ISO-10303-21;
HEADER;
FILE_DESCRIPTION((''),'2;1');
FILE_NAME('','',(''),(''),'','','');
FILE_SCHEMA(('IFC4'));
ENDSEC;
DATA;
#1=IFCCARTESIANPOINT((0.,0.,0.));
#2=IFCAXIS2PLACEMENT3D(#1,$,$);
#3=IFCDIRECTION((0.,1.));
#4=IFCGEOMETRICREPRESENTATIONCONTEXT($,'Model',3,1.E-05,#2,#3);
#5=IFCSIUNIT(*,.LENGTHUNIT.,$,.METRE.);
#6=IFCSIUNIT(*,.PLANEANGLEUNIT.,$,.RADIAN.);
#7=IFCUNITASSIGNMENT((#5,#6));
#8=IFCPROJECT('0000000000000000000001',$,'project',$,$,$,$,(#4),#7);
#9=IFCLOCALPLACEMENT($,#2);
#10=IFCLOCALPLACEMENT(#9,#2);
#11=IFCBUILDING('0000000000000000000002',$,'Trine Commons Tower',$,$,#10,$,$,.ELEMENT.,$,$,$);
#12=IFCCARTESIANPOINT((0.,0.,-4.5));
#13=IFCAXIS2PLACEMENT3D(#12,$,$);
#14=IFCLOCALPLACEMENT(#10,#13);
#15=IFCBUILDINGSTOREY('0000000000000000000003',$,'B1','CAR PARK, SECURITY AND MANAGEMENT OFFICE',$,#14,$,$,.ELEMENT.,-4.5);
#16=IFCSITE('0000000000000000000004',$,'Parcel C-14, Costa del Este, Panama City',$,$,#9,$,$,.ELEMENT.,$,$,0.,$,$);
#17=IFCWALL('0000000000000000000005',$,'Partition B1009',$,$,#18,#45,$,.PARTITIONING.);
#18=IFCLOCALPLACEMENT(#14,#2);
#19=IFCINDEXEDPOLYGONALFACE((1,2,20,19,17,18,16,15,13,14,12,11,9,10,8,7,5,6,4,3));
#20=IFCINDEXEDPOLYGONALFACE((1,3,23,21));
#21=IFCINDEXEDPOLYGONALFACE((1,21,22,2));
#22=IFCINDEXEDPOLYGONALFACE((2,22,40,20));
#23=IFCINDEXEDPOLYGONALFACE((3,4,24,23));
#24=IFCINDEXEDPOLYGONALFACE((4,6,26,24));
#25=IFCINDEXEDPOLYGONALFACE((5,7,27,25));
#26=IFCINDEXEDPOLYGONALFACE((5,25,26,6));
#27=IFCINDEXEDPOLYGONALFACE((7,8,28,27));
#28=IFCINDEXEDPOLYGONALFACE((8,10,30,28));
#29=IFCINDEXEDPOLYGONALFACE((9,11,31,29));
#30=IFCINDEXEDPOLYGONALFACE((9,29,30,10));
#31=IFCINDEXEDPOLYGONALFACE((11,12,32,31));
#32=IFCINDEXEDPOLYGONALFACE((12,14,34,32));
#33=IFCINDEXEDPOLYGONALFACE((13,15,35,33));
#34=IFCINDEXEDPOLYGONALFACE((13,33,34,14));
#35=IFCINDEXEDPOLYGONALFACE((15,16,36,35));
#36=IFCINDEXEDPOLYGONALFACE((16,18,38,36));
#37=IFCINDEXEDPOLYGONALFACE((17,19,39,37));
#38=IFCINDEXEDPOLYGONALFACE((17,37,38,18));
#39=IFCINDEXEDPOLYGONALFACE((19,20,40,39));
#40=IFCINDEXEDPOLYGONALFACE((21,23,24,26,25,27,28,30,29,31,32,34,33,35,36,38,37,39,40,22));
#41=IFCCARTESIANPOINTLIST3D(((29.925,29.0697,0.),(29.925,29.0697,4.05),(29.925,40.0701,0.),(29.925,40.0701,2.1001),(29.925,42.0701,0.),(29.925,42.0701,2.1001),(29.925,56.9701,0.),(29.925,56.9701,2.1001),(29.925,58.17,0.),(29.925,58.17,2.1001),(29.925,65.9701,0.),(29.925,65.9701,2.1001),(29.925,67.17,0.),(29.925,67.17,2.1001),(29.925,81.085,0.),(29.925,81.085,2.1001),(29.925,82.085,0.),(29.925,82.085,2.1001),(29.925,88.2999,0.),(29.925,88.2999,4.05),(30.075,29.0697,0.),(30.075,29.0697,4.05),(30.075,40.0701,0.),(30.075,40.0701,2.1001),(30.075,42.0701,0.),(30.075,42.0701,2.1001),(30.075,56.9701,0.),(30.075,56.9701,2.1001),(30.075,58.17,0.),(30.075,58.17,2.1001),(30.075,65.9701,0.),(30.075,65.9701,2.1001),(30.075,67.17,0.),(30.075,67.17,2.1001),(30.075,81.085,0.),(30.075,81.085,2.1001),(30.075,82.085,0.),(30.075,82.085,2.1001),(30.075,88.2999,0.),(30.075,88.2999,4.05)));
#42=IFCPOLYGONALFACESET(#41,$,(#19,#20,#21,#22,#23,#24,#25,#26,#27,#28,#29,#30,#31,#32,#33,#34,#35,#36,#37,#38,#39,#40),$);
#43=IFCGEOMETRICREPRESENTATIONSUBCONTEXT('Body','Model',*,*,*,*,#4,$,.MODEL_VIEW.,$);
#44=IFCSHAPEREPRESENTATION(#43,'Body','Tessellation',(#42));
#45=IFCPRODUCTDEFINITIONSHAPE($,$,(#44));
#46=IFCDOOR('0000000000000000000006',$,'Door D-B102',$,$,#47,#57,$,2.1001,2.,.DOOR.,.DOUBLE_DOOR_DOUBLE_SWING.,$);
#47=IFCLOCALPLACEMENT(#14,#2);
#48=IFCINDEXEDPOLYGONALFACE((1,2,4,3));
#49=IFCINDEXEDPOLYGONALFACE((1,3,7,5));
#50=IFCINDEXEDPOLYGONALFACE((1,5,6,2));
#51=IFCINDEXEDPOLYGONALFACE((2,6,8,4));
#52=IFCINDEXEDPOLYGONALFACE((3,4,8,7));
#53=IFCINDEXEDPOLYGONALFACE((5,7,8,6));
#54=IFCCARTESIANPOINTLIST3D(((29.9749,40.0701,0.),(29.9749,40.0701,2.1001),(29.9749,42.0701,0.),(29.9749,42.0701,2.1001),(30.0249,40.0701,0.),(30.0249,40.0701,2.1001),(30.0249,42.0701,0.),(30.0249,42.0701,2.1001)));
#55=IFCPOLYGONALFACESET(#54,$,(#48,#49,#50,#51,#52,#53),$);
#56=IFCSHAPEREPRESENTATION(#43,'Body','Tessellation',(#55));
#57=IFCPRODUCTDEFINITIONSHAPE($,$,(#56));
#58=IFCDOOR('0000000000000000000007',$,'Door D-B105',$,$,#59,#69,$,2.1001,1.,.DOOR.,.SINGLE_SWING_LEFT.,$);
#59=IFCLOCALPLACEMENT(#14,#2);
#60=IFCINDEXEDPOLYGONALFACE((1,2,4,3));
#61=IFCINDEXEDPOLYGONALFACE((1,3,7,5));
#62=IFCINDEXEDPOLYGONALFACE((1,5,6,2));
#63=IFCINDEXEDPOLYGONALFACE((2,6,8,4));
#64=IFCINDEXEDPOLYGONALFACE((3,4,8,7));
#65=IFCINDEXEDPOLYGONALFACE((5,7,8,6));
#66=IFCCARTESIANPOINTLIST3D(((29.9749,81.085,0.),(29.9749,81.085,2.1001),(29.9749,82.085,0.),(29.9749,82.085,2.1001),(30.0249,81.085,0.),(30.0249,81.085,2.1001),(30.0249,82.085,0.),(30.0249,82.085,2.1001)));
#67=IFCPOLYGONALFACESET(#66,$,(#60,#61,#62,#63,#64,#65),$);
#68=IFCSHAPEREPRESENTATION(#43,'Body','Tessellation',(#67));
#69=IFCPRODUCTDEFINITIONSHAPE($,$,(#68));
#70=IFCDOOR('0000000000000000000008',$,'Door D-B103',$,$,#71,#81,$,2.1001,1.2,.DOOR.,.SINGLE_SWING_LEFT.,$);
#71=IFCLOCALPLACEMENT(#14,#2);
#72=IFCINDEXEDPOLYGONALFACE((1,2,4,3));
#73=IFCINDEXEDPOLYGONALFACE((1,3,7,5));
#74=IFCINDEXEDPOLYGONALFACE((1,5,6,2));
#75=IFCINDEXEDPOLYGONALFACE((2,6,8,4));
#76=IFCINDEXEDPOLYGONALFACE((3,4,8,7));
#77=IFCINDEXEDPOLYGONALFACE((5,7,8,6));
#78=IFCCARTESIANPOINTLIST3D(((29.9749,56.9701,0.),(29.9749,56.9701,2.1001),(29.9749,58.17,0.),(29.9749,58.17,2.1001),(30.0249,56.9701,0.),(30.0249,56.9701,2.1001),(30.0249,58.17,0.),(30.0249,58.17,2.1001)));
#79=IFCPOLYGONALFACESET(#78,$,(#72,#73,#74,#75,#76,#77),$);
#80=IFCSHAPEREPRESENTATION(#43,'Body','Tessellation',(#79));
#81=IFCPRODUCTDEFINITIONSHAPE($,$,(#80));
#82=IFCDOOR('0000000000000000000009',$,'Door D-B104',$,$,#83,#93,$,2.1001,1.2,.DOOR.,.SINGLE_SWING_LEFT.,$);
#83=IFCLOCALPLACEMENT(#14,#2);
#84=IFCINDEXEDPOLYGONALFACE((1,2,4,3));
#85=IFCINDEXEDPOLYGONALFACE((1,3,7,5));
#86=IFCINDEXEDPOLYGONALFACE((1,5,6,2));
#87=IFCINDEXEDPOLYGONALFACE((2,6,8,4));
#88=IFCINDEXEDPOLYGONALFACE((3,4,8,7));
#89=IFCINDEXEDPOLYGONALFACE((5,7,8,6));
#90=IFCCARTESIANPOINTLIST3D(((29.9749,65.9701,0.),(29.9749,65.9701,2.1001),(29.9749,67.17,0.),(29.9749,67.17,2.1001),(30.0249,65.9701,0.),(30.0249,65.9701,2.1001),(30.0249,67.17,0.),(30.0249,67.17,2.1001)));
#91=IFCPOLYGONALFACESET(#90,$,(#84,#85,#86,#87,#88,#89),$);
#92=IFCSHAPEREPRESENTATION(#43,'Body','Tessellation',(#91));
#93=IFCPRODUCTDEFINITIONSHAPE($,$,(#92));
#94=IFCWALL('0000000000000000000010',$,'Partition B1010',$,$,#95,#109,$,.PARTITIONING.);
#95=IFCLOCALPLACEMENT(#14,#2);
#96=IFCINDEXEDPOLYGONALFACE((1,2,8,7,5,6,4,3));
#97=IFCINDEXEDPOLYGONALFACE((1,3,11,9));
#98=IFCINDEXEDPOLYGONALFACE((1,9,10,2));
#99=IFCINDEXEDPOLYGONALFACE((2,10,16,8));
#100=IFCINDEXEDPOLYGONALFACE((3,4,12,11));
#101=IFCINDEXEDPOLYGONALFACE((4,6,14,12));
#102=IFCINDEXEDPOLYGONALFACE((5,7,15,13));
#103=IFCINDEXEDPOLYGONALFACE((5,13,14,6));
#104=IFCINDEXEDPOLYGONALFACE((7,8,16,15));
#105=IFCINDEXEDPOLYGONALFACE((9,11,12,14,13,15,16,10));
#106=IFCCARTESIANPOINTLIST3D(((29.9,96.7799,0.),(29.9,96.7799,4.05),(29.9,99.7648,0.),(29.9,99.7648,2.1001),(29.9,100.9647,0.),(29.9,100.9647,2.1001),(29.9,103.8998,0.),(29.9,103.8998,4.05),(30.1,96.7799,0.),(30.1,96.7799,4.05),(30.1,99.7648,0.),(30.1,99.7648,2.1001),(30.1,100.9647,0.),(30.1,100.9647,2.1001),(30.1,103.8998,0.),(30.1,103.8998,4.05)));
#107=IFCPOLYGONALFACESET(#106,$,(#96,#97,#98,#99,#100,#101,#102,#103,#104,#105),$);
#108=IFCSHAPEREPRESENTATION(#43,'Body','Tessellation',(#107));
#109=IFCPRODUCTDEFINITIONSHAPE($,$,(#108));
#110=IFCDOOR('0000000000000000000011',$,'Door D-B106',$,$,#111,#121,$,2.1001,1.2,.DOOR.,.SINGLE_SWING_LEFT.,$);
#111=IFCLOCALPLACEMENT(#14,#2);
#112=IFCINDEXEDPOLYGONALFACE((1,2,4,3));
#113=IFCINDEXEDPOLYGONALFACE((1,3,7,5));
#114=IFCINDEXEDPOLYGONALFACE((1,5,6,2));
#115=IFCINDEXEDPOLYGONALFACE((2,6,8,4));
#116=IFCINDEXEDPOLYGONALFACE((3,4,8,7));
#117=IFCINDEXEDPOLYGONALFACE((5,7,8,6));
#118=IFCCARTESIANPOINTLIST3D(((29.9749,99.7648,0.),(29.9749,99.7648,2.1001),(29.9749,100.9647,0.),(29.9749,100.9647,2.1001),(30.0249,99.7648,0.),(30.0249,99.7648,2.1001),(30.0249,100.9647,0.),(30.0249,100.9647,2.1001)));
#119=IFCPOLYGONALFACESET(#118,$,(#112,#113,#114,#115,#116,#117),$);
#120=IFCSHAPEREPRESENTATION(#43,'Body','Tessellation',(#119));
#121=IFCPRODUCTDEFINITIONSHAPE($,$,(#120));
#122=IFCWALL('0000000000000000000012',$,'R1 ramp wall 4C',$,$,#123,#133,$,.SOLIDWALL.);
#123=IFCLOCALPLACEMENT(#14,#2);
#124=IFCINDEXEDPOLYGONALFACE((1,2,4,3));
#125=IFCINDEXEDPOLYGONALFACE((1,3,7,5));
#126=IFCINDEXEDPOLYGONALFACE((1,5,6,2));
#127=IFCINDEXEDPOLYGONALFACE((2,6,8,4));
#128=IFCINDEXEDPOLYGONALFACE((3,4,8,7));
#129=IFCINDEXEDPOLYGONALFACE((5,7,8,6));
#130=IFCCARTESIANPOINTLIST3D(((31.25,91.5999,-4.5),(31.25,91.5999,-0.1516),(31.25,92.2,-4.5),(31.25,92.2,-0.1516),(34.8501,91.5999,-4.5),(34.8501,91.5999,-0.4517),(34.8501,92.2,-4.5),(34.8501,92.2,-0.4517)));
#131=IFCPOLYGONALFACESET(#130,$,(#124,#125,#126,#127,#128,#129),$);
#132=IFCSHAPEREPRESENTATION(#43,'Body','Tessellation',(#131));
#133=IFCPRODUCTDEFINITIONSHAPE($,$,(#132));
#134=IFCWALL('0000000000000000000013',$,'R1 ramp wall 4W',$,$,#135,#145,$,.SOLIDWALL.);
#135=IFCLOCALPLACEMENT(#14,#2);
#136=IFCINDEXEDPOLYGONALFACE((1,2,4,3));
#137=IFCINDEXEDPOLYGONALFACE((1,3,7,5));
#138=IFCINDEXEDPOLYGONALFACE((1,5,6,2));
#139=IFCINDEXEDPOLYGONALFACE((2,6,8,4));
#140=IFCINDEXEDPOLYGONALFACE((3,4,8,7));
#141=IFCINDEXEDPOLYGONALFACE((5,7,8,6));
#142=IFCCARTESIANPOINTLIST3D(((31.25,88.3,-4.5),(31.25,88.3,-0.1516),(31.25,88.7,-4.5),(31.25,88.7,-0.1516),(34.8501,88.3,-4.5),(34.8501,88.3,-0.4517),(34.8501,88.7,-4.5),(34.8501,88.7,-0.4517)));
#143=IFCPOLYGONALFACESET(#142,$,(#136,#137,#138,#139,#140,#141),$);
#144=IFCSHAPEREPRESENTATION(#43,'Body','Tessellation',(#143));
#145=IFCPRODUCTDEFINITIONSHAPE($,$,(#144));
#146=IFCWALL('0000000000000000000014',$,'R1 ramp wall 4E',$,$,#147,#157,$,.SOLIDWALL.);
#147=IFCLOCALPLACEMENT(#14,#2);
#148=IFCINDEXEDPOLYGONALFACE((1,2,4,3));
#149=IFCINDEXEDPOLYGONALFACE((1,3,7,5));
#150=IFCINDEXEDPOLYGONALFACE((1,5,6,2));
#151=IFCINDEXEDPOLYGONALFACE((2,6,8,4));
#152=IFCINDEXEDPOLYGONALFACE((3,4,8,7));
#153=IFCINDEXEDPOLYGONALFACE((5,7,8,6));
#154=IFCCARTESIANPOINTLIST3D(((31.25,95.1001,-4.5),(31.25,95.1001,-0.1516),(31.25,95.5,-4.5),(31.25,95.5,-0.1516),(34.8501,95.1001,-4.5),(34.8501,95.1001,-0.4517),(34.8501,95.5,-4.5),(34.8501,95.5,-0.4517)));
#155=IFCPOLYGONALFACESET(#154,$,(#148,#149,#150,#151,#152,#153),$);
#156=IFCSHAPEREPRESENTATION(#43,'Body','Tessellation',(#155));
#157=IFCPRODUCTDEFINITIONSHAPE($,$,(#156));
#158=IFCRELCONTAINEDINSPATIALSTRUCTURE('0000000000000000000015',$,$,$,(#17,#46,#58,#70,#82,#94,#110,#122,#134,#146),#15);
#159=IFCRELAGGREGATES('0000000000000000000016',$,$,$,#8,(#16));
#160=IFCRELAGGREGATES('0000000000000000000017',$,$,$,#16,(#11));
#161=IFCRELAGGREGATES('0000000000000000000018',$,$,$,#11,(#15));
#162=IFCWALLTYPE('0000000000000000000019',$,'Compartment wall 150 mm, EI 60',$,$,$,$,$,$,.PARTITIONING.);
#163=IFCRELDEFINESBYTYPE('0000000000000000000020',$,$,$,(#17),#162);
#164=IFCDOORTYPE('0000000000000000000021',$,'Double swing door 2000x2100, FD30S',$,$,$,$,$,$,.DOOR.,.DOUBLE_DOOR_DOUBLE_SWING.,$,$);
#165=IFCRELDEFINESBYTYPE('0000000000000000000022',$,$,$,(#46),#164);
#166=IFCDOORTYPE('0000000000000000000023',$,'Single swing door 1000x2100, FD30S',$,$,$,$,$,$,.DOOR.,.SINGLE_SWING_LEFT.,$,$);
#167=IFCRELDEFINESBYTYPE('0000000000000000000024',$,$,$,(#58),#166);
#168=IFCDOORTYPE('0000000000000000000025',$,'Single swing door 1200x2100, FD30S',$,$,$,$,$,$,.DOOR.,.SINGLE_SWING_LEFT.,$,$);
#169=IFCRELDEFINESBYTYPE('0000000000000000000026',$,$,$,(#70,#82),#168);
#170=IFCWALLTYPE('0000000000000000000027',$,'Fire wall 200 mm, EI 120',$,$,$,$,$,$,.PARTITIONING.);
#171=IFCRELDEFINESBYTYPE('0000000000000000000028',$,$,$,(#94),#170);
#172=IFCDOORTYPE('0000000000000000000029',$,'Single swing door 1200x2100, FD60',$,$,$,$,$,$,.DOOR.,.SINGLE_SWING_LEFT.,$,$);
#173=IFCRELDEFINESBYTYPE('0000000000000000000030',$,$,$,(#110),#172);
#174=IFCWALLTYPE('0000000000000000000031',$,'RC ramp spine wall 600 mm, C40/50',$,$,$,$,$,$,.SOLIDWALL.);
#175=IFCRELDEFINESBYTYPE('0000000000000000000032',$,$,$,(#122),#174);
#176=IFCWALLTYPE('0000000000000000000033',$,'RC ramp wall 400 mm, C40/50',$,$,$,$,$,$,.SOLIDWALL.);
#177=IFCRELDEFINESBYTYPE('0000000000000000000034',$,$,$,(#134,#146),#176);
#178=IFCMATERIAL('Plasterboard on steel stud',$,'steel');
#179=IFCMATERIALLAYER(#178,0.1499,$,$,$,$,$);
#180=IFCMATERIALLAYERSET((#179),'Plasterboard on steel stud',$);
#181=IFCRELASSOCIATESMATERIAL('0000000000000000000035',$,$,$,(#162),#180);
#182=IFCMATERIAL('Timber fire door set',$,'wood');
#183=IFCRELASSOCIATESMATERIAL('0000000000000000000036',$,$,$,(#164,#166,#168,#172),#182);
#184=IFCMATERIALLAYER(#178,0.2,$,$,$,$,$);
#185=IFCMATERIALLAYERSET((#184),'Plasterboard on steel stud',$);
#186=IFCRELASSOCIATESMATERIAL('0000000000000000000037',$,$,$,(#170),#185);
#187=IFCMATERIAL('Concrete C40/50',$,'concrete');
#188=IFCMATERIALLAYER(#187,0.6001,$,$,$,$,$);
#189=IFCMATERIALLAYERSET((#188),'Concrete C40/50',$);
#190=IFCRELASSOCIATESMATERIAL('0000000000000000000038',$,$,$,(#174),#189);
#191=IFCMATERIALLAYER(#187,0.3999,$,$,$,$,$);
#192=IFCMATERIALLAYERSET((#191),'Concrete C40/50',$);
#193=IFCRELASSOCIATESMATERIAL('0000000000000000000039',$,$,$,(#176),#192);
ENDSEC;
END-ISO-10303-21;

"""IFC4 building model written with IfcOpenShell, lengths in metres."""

from ifc_helpers import new_model, si_unit, direction, frame, frame_2d, origin, place, context, subcontext, project, spatial, polyline, rectangle, outline, extrude, material, layer, layer_set, type_object, element, fill, save


model = new_model("IFC4")

# Units and contexts
model_context = context("Model", 3, precision=1e-05, world=origin(), true_north=direction((0.0, 1.0)))
body_context = subcontext(model_context, "Body", "Model", "MODEL_VIEW")
ifc_project = project(units=[si_unit("LENGTHUNIT", "METRE"), si_unit("PLANEANGLEUNIT", "RADIAN")], contexts=[model_context])

# Site, building, storey
site_placement = place(None, origin())
site = spatial("IfcSite", under=ifc_project, at=site_placement, Name="Parcel C-14, Costa del Este, Panama City", CompositionType="ELEMENT", RefElevation=0.0)
building_placement = place(site_placement, origin())
building = spatial("IfcBuilding", under=site, at=building_placement, Name="Trine Commons Tower", CompositionType="ELEMENT")
storey_placement = place(building_placement, frame((0.0, 0.0, -4.5)))
storey = spatial("IfcBuildingStorey", under=building, at=storey_placement, Name="B1", Description="CAR PARK, SECURITY AND MANAGEMENT OFFICE", CompositionType="ELEMENT", Elevation=-4.5)

# Shared definitions
ifc_material_1 = material(Name="Concrete C40/50", Category="concrete")

# Wall, openings, doors
ifc_material_2 = material(Name="Plasterboard on steel stud", Category="steel")
ifc_layer_1 = layer(ifc_material_2, 0.1499)
ifc_layer_set_1 = layer_set([ifc_layer_1], Name="Plasterboard on steel stud")
wall_type_1 = type_object("IfcWallType", Name="Compartment wall 150 mm, EI 60", PredefinedType="PARTITIONING", material=ifc_layer_set_1)
wall_1_placement = place(storey_placement, frame((30.0, 88.3, 0.0), z_axis=(0.0, 0.0, 1.0), x_axis=(0.0, -1.0, 0.0)))
wall_1 = element("IfcWall", 1, at=wall_1_placement, inside=storey, type_object=wall_type_1, Name="Partition B1009", PredefinedType="PARTITIONING", context=body_context, shape_type="SweptSolid", body=[
    extrude(rectangle(XDim=59.2302, YDim=0.1499, at=frame_2d((29.6152, 0.0))), origin(), (0.0, 0.0, 1.0), 4.05),
])
opening_1_placement = place(wall_1_placement, frame((46.23, 0.0, 0.0)))
opening_1 = element("IfcOpeningElement", 2, at=opening_1_placement, cuts=wall_1, PredefinedType="OPENING", context=body_context, shape_type="SweptSolid", body=[
    extrude(rectangle(XDim=2.0, YDim=2.1001, at=frame_2d((1.0, 1.05))), frame((0.0, 0.085, 0.0), z_axis=(0.0, -1.0, 0.0), x_axis=(1.0, 0.0, 0.0)), (0.0, 0.0, 1.0), 0.1699),
])
opening_2_placement = place(wall_1_placement, frame((30.1299, 0.0, 0.0)))
opening_2 = element("IfcOpeningElement", 3, at=opening_2_placement, cuts=wall_1, PredefinedType="OPENING", context=body_context, shape_type="SweptSolid", body=[
    extrude(rectangle(XDim=1.2, YDim=2.1001, at=frame_2d((0.6001, 1.05))), frame((0.0, 0.085, 0.0), z_axis=(0.0, -1.0, 0.0), x_axis=(1.0, 0.0, 0.0)), (0.0, 0.0, 1.0), 0.1699),
])
opening_3_placement = place(wall_1_placement, frame((21.1299, 0.0, 0.0)))
opening_3 = element("IfcOpeningElement", 4, at=opening_3_placement, cuts=wall_1, PredefinedType="OPENING", context=body_context, shape_type="SweptSolid", body=[
    extrude(rectangle(XDim=1.2, YDim=2.1001, at=frame_2d((0.6001, 1.05))), frame((0.0, 0.085, 0.0), z_axis=(0.0, -1.0, 0.0), x_axis=(1.0, 0.0, 0.0)), (0.0, 0.0, 1.0), 0.1699),
])
opening_4_placement = place(wall_1_placement, frame((6.2151, 0.0, 0.0)))
opening_4 = element("IfcOpeningElement", 5, at=opening_4_placement, cuts=wall_1, PredefinedType="OPENING", context=body_context, shape_type="SweptSolid", body=[
    extrude(rectangle(XDim=1.0, YDim=2.1001, at=frame_2d((0.5, 1.05))), frame((0.0, 0.085, 0.0), z_axis=(0.0, -1.0, 0.0), x_axis=(1.0, 0.0, 0.0)), (0.0, 0.0, 1.0), 0.1699),
])
ifc_material_3 = material(Name="Timber fire door set", Category="wood")
door_type_1 = type_object("IfcDoorType", Name="Double swing door 2000x2100, FD30S", OperationType="DOUBLE_DOOR_DOUBLE_SWING", PredefinedType="DOOR", material=ifc_material_3)
door_1_placement = place(opening_1_placement, origin())
door_1 = element("IfcDoor", 6, at=door_1_placement, inside=storey, type_object=door_type_1, Name="Door D-B102", OperationType="DOUBLE_DOOR_DOUBLE_SWING", OverallHeight=2.1001, OverallWidth=2.0, PredefinedType="DOOR", context=body_context, shape_type="SweptSolid", body=[
    extrude(rectangle(XDim=2.0, YDim=2.1001, at=frame_2d((1.0, 1.05))), frame((0.0, 0.0249, 0.0), z_axis=(0.0, -1.0, 0.0), x_axis=(1.0, 0.0, 0.0)), (0.0, 0.0, 1.0), 0.05),
])
fill(opening_1, door_1)
door_type_2 = type_object("IfcDoorType", Name="Single swing door 1000x2100, FD30S", OperationType="SINGLE_SWING_LEFT", PredefinedType="DOOR", material=ifc_material_3)
door_2_placement = place(opening_4_placement, origin())
door_2 = element("IfcDoor", 7, at=door_2_placement, inside=storey, type_object=door_type_2, Name="Door D-B105", OperationType="SINGLE_SWING_LEFT", OverallHeight=2.1001, OverallWidth=1.0, PredefinedType="DOOR", context=body_context, shape_type="SweptSolid", body=[
    extrude(rectangle(XDim=1.0, YDim=2.1001, at=frame_2d((0.5, 1.05))), frame((0.0, 0.0249, 0.0), z_axis=(0.0, -1.0, 0.0), x_axis=(1.0, 0.0, 0.0)), (0.0, 0.0, 1.0), 0.05),
])
fill(opening_4, door_2)
door_type_3 = type_object("IfcDoorType", Name="Single swing door 1200x2100, FD30S", OperationType="SINGLE_SWING_LEFT", PredefinedType="DOOR", material=ifc_material_3)
door_3_placement = place(opening_2_placement, origin())
door_3 = element("IfcDoor", 8, at=door_3_placement, inside=storey, type_object=door_type_3, Name="Door D-B103", OperationType="SINGLE_SWING_LEFT", OverallHeight=2.1001, OverallWidth=1.2, PredefinedType="DOOR", context=body_context, shape_type="SweptSolid", body=[
    extrude(rectangle(XDim=1.2, YDim=2.1001, at=frame_2d((0.6001, 1.05))), frame((0.0, 0.0249, 0.0), z_axis=(0.0, -1.0, 0.0), x_axis=(1.0, 0.0, 0.0)), (0.0, 0.0, 1.0), 0.05),
])
fill(opening_2, door_3)
door_4_placement = place(opening_3_placement, origin())
door_4 = element("IfcDoor", 9, at=door_4_placement, inside=storey, type_object=door_type_3, Name="Door D-B104", OperationType="SINGLE_SWING_LEFT", OverallHeight=2.1001, OverallWidth=1.2, PredefinedType="DOOR", context=body_context, shape_type="SweptSolid", body=[
    extrude(rectangle(XDim=1.2, YDim=2.1001, at=frame_2d((0.6001, 1.05))), frame((0.0, 0.0249, 0.0), z_axis=(0.0, -1.0, 0.0), x_axis=(1.0, 0.0, 0.0)), (0.0, 0.0, 1.0), 0.05),
])
fill(opening_3, door_4)

# Wall, opening, door
ifc_layer_2 = layer(ifc_material_2, 0.2)
ifc_layer_set_2 = layer_set([ifc_layer_2], Name="Plasterboard on steel stud")
wall_type_2 = type_object("IfcWallType", Name="Fire wall 200 mm, EI 120", PredefinedType="PARTITIONING", material=ifc_layer_set_2)
wall_2_placement = place(storey_placement, frame((30.0, 103.8999, 0.0), z_axis=(0.0, 0.0, 1.0), x_axis=(0.0, -1.0, 0.0)))
wall_2 = element("IfcWall", 10, at=wall_2_placement, inside=storey, type_object=wall_type_2, Name="Partition B1010", PredefinedType="PARTITIONING", context=body_context, shape_type="SweptSolid", body=[
    extrude(rectangle(XDim=7.1199, YDim=0.2, at=frame_2d((3.5601, 0.0))), origin(), (0.0, 0.0, 1.0), 4.05),
])
opening_5_placement = place(wall_2_placement, frame((2.9351, 0.0, 0.0)))
opening_5 = element("IfcOpeningElement", 11, at=opening_5_placement, cuts=wall_2, PredefinedType="OPENING", context=body_context, shape_type="SweptSolid", body=[
    extrude(rectangle(XDim=1.2, YDim=2.1001, at=frame_2d((0.6001, 1.05))), frame((0.0, 0.1099, 0.0), z_axis=(0.0, -1.0, 0.0), x_axis=(1.0, 0.0, 0.0)), (0.0, 0.0, 1.0), 0.22),
])
door_type_4 = type_object("IfcDoorType", Name="Single swing door 1200x2100, FD60", OperationType="SINGLE_SWING_LEFT", PredefinedType="DOOR", material=ifc_material_3)
door_5_placement = place(opening_5_placement, origin())
door_5 = element("IfcDoor", 12, at=door_5_placement, inside=storey, type_object=door_type_4, Name="Door D-B106", OperationType="SINGLE_SWING_LEFT", OverallHeight=2.1001, OverallWidth=1.2, PredefinedType="DOOR", context=body_context, shape_type="SweptSolid", body=[
    extrude(rectangle(XDim=1.2, YDim=2.1001, at=frame_2d((0.6001, 1.05))), frame((0.0, 0.0249, 0.0), z_axis=(0.0, -1.0, 0.0), x_axis=(1.0, 0.0, 0.0)), (0.0, 0.0, 1.0), 0.05),
])
fill(opening_5, door_5)

# Walls
ifc_layer_3 = layer(ifc_material_1, 0.6001)
ifc_layer_set_3 = layer_set([ifc_layer_3], Name="Concrete C40/50")
wall_type_3 = type_object("IfcWallType", Name="RC ramp spine wall 600 mm, C40/50", PredefinedType="SOLIDWALL", material=ifc_layer_set_3)
wall_3_placement = place(storey_placement, frame((31.25, 91.8999, -4.5), z_axis=(0.0, 0.0, 1.0), x_axis=(1.0, 0.0, 0.0)))
element("IfcWall", 13, at=wall_3_placement, inside=storey, type_object=wall_type_3, Name="R1 ramp wall 4C", PredefinedType="SOLIDWALL", context=body_context, shape_type="SweptSolid", body=[
    extrude(outline(polyline([(0.0, 0.0), (3.6001, 0.0), (3.6001, 4.0483), (0.0, 4.3484), (0.0, 0.0)])), frame((0.0, 0.3, 0.0), z_axis=(0.0, -1.0, 0.0), x_axis=(1.0, 0.0, 0.0)), (0.0, 0.0, 1.0), 0.6001),
])
ifc_layer_4 = layer(ifc_material_1, 0.3999)
ifc_layer_set_4 = layer_set([ifc_layer_4], Name="Concrete C40/50")
wall_type_4 = type_object("IfcWallType", Name="RC ramp wall 400 mm, C40/50", PredefinedType="SOLIDWALL", material=ifc_layer_set_4)
for number, where, z_axis, x_axis, name in (
    (14, (31.25, 88.5, -4.5), (0.0, 0.0, 1.0), (1.0, 0.0, 0.0), "R1 ramp wall 4W"),
    (15, (31.25, 95.3, -4.5), (0.0, 0.0, 1.0), (1.0, 0.0, 0.0), "R1 ramp wall 4E"),
):
    element("IfcWall", number, at=place(storey_placement, frame(where, z_axis=z_axis, x_axis=x_axis)), inside=storey, type_object=wall_type_4, Name=name, PredefinedType="SOLIDWALL", context=body_context, shape_type="SweptSolid", body=[
        extrude(outline(polyline([(0.0, 0.0), (3.6001, 0.0), (3.6001, 4.0483), (0.0, 4.3484), (0.0, 0.0)])), frame((0.0, 0.2, 0.0), z_axis=(0.0, -1.0, 0.0), x_axis=(1.0, 0.0, 0.0)), (0.0, 0.0, 1.0), 0.3999),
    ])

save(model, "model.ifc")
